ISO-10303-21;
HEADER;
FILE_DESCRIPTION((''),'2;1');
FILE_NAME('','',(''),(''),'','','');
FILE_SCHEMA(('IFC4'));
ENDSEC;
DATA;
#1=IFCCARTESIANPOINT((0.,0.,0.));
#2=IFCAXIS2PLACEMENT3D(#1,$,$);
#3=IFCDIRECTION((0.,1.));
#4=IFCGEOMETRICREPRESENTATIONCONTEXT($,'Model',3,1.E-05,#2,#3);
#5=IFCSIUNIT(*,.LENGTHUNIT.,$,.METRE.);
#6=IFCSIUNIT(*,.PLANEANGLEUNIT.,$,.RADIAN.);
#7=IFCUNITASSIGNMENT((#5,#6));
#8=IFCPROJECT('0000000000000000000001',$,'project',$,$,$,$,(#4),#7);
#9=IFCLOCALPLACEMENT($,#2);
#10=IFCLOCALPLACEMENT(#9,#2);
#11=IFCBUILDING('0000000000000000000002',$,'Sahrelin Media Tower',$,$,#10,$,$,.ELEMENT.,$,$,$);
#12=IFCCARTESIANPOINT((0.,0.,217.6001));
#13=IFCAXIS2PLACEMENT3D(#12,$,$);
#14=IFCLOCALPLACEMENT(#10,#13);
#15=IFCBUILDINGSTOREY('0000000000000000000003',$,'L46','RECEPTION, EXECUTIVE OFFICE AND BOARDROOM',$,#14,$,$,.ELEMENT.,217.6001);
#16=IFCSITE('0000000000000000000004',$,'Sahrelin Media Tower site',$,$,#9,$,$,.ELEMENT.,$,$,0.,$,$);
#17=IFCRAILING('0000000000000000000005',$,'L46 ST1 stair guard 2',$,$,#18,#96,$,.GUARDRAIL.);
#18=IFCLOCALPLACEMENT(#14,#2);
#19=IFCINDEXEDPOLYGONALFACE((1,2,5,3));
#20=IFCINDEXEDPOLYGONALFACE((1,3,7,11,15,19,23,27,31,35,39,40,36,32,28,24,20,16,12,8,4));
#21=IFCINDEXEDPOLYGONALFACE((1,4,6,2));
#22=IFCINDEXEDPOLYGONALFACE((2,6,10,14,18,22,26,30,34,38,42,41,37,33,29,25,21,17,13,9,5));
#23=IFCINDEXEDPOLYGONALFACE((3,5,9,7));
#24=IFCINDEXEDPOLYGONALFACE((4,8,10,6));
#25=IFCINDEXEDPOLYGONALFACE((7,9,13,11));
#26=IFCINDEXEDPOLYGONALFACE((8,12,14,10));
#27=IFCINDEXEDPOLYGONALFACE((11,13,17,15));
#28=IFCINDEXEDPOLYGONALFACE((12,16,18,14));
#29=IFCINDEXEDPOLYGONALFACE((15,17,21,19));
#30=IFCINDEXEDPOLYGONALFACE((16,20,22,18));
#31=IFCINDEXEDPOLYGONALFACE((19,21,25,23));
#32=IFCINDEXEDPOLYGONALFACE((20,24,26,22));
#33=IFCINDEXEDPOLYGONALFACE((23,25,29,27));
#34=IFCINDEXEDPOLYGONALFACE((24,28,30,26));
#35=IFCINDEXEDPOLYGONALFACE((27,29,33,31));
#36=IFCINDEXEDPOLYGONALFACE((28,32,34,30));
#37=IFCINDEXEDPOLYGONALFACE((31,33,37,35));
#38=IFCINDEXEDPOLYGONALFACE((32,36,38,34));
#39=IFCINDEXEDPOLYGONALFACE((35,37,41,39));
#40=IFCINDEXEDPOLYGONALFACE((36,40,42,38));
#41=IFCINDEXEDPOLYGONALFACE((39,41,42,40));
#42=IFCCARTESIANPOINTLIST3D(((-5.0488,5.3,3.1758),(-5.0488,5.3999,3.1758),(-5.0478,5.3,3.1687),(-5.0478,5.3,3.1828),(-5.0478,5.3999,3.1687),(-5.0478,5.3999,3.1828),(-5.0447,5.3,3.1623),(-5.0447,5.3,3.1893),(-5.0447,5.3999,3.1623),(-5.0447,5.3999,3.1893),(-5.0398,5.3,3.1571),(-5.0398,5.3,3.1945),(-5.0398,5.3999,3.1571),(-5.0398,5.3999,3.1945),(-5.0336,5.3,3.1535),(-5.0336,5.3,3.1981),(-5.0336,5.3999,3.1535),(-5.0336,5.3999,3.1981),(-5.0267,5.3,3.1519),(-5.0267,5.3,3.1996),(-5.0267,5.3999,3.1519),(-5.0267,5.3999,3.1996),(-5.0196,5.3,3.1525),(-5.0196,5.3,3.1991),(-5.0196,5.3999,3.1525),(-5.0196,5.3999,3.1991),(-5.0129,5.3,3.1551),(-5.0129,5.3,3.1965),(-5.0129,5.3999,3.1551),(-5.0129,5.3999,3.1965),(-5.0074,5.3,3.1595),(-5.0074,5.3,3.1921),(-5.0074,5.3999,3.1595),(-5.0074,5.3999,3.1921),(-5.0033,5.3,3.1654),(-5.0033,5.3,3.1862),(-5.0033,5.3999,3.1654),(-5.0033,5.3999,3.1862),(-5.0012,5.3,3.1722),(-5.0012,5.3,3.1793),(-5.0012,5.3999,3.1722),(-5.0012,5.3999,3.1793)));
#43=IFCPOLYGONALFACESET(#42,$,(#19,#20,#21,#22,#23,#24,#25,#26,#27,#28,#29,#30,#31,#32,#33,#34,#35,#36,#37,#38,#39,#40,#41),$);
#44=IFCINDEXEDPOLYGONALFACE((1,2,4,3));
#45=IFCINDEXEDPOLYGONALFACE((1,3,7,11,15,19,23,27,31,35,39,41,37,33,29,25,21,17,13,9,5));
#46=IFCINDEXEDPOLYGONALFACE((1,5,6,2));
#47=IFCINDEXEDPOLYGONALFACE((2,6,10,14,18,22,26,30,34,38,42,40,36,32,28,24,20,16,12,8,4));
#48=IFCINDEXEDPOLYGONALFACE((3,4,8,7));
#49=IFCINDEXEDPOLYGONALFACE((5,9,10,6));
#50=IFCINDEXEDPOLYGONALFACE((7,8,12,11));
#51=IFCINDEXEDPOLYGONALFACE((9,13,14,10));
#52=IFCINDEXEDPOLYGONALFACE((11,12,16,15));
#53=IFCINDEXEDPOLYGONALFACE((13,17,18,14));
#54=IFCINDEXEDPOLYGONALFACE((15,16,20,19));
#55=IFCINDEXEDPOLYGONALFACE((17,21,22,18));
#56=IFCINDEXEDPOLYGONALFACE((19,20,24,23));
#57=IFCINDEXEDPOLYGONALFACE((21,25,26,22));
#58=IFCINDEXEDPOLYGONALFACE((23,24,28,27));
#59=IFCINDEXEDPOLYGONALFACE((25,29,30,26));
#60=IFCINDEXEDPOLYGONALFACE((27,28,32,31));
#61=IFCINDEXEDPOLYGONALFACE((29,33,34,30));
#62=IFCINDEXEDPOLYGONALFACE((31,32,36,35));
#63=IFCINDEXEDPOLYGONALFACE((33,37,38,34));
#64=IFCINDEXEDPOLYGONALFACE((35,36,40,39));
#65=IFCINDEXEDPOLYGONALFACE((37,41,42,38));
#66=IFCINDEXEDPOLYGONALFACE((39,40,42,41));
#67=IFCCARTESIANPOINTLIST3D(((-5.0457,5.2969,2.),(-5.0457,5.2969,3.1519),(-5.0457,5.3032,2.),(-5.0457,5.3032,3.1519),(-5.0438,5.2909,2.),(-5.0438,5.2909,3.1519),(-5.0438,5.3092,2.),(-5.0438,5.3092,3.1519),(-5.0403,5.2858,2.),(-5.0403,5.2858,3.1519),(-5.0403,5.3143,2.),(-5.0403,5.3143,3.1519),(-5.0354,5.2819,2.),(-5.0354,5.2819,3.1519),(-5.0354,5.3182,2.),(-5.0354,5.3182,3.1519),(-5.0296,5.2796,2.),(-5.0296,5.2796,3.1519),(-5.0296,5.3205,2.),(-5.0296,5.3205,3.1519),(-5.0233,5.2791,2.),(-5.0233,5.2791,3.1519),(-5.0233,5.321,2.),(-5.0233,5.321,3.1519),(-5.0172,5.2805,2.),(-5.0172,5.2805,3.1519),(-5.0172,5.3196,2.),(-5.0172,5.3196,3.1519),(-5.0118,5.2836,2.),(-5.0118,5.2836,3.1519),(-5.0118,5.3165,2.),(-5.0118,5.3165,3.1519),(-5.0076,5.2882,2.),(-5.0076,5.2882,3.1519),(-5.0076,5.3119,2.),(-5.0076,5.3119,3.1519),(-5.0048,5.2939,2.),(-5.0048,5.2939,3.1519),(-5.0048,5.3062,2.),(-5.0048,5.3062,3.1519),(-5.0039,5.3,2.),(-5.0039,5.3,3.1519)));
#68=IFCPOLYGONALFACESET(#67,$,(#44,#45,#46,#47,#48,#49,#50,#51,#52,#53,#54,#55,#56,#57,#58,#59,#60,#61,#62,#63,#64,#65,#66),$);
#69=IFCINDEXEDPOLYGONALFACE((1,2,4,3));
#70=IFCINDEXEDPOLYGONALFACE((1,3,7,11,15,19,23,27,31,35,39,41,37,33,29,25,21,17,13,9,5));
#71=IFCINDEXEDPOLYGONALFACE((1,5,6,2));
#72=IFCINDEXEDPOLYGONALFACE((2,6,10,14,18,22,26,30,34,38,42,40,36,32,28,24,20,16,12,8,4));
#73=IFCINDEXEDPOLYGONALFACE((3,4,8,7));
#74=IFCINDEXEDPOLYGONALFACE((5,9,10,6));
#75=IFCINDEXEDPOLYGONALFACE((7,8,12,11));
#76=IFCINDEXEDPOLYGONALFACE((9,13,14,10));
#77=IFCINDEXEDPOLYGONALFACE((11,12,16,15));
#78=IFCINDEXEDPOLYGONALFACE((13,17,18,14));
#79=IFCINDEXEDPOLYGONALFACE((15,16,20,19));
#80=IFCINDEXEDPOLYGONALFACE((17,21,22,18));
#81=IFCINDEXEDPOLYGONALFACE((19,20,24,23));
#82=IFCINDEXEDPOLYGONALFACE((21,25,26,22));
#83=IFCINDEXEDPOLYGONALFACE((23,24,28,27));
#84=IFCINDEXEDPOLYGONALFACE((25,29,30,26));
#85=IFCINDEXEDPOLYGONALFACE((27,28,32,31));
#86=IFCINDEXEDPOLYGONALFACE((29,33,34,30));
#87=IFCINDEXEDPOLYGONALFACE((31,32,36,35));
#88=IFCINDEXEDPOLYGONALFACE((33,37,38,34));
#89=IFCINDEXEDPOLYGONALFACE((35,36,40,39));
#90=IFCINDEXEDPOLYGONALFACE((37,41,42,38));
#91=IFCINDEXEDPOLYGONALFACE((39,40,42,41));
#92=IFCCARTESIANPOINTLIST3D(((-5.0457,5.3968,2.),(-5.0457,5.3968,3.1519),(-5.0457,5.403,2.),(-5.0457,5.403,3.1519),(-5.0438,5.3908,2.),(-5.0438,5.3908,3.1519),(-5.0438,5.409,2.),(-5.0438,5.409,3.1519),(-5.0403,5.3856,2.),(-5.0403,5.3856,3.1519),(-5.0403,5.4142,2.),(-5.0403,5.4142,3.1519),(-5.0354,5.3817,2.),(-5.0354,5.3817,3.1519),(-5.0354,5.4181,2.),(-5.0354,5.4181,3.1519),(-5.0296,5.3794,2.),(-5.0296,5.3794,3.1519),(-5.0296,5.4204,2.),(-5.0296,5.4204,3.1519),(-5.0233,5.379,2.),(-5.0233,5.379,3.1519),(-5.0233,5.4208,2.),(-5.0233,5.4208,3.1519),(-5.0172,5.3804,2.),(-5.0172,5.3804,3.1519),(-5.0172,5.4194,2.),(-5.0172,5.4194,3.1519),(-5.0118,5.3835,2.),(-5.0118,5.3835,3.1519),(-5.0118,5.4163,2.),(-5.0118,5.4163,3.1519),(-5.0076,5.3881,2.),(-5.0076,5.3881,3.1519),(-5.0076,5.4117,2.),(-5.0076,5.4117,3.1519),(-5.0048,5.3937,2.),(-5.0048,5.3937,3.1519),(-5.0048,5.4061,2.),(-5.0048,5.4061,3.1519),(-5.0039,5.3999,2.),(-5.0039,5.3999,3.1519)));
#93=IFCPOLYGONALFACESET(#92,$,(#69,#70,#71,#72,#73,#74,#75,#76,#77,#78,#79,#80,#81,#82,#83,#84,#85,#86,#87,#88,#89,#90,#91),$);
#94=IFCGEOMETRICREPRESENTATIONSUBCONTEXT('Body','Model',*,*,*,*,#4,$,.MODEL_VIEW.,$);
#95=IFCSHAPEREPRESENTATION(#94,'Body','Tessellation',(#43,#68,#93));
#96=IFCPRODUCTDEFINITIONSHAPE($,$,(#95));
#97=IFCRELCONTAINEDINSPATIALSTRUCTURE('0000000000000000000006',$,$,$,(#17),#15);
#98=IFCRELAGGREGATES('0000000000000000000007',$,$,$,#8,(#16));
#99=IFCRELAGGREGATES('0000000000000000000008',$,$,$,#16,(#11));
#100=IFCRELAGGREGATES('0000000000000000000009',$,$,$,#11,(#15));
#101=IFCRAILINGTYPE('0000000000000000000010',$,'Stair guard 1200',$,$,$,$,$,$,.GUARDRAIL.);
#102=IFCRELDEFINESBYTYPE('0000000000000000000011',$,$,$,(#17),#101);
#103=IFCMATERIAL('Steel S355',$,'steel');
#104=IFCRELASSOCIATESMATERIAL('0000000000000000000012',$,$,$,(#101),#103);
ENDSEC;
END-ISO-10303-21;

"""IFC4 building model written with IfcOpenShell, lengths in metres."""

from ifc_helpers import new_model, si_unit, direction, frame, origin, origin_2d, place, context, subcontext, project, spatial, circle, extrude, material, type_object, element, save


model = new_model("IFC4")

# Units and contexts
model_context = context("Model", 3, precision=1e-05, world=origin(), true_north=direction((0.0, 1.0)))
body_context = subcontext(model_context, "Body", "Model", "MODEL_VIEW")
ifc_project = project(units=[si_unit("LENGTHUNIT", "METRE"), si_unit("PLANEANGLEUNIT", "RADIAN")], contexts=[model_context])

# Site, building, storey
site_placement = place(None, origin())
site = spatial("IfcSite", under=ifc_project, at=site_placement, Name="Sahrelin Media Tower site", CompositionType="ELEMENT", RefElevation=0.0)
building_placement = place(site_placement, origin())
building = spatial("IfcBuilding", under=site, at=building_placement, Name="Sahrelin Media Tower", CompositionType="ELEMENT")
storey_placement = place(building_placement, frame((0.0, 0.0, 217.6001)))
storey = spatial("IfcBuildingStorey", under=building, at=storey_placement, Name="L46", Description="RECEPTION, EXECUTIVE OFFICE AND BOARDROOM", CompositionType="ELEMENT", Elevation=217.6001)

# Shared definitions
ifc_material_1 = material(Name="Steel S355", Category="steel")

# Railing
railing_type_1 = type_object("IfcRailingType", Name="Stair guard 1200", PredefinedType="GUARDRAIL", material=ifc_material_1)
railing_1_placement = place(storey_placement, frame((-5.0249, 5.3, 2.0)))
element("IfcRailing", 1, at=railing_1_placement, inside=storey, type_object=railing_type_1, Name="L46 ST1 stair guard 2", PredefinedType="GUARDRAIL", context=body_context, shape_type="SweptSolid", body=[
    extrude(circle(Radius=0.0239, at=origin_2d()), frame((0.0, 0.0, 1.1758), z_axis=(0.0, 1.0, 0.0), x_axis=(-1.0, 0.0, 0.0)), (0.0, 0.0, 1.0), 0.0999),
    extrude(circle(Radius=0.021, at=origin_2d()), origin(), (0.0, 0.0, 1.0), 1.1519),
    extrude(circle(Radius=0.021, at=origin_2d()), frame((0.0, 0.0999, 0.0)), (0.0, 0.0, 1.0), 1.1519),
])

save(model, "model.ifc")
